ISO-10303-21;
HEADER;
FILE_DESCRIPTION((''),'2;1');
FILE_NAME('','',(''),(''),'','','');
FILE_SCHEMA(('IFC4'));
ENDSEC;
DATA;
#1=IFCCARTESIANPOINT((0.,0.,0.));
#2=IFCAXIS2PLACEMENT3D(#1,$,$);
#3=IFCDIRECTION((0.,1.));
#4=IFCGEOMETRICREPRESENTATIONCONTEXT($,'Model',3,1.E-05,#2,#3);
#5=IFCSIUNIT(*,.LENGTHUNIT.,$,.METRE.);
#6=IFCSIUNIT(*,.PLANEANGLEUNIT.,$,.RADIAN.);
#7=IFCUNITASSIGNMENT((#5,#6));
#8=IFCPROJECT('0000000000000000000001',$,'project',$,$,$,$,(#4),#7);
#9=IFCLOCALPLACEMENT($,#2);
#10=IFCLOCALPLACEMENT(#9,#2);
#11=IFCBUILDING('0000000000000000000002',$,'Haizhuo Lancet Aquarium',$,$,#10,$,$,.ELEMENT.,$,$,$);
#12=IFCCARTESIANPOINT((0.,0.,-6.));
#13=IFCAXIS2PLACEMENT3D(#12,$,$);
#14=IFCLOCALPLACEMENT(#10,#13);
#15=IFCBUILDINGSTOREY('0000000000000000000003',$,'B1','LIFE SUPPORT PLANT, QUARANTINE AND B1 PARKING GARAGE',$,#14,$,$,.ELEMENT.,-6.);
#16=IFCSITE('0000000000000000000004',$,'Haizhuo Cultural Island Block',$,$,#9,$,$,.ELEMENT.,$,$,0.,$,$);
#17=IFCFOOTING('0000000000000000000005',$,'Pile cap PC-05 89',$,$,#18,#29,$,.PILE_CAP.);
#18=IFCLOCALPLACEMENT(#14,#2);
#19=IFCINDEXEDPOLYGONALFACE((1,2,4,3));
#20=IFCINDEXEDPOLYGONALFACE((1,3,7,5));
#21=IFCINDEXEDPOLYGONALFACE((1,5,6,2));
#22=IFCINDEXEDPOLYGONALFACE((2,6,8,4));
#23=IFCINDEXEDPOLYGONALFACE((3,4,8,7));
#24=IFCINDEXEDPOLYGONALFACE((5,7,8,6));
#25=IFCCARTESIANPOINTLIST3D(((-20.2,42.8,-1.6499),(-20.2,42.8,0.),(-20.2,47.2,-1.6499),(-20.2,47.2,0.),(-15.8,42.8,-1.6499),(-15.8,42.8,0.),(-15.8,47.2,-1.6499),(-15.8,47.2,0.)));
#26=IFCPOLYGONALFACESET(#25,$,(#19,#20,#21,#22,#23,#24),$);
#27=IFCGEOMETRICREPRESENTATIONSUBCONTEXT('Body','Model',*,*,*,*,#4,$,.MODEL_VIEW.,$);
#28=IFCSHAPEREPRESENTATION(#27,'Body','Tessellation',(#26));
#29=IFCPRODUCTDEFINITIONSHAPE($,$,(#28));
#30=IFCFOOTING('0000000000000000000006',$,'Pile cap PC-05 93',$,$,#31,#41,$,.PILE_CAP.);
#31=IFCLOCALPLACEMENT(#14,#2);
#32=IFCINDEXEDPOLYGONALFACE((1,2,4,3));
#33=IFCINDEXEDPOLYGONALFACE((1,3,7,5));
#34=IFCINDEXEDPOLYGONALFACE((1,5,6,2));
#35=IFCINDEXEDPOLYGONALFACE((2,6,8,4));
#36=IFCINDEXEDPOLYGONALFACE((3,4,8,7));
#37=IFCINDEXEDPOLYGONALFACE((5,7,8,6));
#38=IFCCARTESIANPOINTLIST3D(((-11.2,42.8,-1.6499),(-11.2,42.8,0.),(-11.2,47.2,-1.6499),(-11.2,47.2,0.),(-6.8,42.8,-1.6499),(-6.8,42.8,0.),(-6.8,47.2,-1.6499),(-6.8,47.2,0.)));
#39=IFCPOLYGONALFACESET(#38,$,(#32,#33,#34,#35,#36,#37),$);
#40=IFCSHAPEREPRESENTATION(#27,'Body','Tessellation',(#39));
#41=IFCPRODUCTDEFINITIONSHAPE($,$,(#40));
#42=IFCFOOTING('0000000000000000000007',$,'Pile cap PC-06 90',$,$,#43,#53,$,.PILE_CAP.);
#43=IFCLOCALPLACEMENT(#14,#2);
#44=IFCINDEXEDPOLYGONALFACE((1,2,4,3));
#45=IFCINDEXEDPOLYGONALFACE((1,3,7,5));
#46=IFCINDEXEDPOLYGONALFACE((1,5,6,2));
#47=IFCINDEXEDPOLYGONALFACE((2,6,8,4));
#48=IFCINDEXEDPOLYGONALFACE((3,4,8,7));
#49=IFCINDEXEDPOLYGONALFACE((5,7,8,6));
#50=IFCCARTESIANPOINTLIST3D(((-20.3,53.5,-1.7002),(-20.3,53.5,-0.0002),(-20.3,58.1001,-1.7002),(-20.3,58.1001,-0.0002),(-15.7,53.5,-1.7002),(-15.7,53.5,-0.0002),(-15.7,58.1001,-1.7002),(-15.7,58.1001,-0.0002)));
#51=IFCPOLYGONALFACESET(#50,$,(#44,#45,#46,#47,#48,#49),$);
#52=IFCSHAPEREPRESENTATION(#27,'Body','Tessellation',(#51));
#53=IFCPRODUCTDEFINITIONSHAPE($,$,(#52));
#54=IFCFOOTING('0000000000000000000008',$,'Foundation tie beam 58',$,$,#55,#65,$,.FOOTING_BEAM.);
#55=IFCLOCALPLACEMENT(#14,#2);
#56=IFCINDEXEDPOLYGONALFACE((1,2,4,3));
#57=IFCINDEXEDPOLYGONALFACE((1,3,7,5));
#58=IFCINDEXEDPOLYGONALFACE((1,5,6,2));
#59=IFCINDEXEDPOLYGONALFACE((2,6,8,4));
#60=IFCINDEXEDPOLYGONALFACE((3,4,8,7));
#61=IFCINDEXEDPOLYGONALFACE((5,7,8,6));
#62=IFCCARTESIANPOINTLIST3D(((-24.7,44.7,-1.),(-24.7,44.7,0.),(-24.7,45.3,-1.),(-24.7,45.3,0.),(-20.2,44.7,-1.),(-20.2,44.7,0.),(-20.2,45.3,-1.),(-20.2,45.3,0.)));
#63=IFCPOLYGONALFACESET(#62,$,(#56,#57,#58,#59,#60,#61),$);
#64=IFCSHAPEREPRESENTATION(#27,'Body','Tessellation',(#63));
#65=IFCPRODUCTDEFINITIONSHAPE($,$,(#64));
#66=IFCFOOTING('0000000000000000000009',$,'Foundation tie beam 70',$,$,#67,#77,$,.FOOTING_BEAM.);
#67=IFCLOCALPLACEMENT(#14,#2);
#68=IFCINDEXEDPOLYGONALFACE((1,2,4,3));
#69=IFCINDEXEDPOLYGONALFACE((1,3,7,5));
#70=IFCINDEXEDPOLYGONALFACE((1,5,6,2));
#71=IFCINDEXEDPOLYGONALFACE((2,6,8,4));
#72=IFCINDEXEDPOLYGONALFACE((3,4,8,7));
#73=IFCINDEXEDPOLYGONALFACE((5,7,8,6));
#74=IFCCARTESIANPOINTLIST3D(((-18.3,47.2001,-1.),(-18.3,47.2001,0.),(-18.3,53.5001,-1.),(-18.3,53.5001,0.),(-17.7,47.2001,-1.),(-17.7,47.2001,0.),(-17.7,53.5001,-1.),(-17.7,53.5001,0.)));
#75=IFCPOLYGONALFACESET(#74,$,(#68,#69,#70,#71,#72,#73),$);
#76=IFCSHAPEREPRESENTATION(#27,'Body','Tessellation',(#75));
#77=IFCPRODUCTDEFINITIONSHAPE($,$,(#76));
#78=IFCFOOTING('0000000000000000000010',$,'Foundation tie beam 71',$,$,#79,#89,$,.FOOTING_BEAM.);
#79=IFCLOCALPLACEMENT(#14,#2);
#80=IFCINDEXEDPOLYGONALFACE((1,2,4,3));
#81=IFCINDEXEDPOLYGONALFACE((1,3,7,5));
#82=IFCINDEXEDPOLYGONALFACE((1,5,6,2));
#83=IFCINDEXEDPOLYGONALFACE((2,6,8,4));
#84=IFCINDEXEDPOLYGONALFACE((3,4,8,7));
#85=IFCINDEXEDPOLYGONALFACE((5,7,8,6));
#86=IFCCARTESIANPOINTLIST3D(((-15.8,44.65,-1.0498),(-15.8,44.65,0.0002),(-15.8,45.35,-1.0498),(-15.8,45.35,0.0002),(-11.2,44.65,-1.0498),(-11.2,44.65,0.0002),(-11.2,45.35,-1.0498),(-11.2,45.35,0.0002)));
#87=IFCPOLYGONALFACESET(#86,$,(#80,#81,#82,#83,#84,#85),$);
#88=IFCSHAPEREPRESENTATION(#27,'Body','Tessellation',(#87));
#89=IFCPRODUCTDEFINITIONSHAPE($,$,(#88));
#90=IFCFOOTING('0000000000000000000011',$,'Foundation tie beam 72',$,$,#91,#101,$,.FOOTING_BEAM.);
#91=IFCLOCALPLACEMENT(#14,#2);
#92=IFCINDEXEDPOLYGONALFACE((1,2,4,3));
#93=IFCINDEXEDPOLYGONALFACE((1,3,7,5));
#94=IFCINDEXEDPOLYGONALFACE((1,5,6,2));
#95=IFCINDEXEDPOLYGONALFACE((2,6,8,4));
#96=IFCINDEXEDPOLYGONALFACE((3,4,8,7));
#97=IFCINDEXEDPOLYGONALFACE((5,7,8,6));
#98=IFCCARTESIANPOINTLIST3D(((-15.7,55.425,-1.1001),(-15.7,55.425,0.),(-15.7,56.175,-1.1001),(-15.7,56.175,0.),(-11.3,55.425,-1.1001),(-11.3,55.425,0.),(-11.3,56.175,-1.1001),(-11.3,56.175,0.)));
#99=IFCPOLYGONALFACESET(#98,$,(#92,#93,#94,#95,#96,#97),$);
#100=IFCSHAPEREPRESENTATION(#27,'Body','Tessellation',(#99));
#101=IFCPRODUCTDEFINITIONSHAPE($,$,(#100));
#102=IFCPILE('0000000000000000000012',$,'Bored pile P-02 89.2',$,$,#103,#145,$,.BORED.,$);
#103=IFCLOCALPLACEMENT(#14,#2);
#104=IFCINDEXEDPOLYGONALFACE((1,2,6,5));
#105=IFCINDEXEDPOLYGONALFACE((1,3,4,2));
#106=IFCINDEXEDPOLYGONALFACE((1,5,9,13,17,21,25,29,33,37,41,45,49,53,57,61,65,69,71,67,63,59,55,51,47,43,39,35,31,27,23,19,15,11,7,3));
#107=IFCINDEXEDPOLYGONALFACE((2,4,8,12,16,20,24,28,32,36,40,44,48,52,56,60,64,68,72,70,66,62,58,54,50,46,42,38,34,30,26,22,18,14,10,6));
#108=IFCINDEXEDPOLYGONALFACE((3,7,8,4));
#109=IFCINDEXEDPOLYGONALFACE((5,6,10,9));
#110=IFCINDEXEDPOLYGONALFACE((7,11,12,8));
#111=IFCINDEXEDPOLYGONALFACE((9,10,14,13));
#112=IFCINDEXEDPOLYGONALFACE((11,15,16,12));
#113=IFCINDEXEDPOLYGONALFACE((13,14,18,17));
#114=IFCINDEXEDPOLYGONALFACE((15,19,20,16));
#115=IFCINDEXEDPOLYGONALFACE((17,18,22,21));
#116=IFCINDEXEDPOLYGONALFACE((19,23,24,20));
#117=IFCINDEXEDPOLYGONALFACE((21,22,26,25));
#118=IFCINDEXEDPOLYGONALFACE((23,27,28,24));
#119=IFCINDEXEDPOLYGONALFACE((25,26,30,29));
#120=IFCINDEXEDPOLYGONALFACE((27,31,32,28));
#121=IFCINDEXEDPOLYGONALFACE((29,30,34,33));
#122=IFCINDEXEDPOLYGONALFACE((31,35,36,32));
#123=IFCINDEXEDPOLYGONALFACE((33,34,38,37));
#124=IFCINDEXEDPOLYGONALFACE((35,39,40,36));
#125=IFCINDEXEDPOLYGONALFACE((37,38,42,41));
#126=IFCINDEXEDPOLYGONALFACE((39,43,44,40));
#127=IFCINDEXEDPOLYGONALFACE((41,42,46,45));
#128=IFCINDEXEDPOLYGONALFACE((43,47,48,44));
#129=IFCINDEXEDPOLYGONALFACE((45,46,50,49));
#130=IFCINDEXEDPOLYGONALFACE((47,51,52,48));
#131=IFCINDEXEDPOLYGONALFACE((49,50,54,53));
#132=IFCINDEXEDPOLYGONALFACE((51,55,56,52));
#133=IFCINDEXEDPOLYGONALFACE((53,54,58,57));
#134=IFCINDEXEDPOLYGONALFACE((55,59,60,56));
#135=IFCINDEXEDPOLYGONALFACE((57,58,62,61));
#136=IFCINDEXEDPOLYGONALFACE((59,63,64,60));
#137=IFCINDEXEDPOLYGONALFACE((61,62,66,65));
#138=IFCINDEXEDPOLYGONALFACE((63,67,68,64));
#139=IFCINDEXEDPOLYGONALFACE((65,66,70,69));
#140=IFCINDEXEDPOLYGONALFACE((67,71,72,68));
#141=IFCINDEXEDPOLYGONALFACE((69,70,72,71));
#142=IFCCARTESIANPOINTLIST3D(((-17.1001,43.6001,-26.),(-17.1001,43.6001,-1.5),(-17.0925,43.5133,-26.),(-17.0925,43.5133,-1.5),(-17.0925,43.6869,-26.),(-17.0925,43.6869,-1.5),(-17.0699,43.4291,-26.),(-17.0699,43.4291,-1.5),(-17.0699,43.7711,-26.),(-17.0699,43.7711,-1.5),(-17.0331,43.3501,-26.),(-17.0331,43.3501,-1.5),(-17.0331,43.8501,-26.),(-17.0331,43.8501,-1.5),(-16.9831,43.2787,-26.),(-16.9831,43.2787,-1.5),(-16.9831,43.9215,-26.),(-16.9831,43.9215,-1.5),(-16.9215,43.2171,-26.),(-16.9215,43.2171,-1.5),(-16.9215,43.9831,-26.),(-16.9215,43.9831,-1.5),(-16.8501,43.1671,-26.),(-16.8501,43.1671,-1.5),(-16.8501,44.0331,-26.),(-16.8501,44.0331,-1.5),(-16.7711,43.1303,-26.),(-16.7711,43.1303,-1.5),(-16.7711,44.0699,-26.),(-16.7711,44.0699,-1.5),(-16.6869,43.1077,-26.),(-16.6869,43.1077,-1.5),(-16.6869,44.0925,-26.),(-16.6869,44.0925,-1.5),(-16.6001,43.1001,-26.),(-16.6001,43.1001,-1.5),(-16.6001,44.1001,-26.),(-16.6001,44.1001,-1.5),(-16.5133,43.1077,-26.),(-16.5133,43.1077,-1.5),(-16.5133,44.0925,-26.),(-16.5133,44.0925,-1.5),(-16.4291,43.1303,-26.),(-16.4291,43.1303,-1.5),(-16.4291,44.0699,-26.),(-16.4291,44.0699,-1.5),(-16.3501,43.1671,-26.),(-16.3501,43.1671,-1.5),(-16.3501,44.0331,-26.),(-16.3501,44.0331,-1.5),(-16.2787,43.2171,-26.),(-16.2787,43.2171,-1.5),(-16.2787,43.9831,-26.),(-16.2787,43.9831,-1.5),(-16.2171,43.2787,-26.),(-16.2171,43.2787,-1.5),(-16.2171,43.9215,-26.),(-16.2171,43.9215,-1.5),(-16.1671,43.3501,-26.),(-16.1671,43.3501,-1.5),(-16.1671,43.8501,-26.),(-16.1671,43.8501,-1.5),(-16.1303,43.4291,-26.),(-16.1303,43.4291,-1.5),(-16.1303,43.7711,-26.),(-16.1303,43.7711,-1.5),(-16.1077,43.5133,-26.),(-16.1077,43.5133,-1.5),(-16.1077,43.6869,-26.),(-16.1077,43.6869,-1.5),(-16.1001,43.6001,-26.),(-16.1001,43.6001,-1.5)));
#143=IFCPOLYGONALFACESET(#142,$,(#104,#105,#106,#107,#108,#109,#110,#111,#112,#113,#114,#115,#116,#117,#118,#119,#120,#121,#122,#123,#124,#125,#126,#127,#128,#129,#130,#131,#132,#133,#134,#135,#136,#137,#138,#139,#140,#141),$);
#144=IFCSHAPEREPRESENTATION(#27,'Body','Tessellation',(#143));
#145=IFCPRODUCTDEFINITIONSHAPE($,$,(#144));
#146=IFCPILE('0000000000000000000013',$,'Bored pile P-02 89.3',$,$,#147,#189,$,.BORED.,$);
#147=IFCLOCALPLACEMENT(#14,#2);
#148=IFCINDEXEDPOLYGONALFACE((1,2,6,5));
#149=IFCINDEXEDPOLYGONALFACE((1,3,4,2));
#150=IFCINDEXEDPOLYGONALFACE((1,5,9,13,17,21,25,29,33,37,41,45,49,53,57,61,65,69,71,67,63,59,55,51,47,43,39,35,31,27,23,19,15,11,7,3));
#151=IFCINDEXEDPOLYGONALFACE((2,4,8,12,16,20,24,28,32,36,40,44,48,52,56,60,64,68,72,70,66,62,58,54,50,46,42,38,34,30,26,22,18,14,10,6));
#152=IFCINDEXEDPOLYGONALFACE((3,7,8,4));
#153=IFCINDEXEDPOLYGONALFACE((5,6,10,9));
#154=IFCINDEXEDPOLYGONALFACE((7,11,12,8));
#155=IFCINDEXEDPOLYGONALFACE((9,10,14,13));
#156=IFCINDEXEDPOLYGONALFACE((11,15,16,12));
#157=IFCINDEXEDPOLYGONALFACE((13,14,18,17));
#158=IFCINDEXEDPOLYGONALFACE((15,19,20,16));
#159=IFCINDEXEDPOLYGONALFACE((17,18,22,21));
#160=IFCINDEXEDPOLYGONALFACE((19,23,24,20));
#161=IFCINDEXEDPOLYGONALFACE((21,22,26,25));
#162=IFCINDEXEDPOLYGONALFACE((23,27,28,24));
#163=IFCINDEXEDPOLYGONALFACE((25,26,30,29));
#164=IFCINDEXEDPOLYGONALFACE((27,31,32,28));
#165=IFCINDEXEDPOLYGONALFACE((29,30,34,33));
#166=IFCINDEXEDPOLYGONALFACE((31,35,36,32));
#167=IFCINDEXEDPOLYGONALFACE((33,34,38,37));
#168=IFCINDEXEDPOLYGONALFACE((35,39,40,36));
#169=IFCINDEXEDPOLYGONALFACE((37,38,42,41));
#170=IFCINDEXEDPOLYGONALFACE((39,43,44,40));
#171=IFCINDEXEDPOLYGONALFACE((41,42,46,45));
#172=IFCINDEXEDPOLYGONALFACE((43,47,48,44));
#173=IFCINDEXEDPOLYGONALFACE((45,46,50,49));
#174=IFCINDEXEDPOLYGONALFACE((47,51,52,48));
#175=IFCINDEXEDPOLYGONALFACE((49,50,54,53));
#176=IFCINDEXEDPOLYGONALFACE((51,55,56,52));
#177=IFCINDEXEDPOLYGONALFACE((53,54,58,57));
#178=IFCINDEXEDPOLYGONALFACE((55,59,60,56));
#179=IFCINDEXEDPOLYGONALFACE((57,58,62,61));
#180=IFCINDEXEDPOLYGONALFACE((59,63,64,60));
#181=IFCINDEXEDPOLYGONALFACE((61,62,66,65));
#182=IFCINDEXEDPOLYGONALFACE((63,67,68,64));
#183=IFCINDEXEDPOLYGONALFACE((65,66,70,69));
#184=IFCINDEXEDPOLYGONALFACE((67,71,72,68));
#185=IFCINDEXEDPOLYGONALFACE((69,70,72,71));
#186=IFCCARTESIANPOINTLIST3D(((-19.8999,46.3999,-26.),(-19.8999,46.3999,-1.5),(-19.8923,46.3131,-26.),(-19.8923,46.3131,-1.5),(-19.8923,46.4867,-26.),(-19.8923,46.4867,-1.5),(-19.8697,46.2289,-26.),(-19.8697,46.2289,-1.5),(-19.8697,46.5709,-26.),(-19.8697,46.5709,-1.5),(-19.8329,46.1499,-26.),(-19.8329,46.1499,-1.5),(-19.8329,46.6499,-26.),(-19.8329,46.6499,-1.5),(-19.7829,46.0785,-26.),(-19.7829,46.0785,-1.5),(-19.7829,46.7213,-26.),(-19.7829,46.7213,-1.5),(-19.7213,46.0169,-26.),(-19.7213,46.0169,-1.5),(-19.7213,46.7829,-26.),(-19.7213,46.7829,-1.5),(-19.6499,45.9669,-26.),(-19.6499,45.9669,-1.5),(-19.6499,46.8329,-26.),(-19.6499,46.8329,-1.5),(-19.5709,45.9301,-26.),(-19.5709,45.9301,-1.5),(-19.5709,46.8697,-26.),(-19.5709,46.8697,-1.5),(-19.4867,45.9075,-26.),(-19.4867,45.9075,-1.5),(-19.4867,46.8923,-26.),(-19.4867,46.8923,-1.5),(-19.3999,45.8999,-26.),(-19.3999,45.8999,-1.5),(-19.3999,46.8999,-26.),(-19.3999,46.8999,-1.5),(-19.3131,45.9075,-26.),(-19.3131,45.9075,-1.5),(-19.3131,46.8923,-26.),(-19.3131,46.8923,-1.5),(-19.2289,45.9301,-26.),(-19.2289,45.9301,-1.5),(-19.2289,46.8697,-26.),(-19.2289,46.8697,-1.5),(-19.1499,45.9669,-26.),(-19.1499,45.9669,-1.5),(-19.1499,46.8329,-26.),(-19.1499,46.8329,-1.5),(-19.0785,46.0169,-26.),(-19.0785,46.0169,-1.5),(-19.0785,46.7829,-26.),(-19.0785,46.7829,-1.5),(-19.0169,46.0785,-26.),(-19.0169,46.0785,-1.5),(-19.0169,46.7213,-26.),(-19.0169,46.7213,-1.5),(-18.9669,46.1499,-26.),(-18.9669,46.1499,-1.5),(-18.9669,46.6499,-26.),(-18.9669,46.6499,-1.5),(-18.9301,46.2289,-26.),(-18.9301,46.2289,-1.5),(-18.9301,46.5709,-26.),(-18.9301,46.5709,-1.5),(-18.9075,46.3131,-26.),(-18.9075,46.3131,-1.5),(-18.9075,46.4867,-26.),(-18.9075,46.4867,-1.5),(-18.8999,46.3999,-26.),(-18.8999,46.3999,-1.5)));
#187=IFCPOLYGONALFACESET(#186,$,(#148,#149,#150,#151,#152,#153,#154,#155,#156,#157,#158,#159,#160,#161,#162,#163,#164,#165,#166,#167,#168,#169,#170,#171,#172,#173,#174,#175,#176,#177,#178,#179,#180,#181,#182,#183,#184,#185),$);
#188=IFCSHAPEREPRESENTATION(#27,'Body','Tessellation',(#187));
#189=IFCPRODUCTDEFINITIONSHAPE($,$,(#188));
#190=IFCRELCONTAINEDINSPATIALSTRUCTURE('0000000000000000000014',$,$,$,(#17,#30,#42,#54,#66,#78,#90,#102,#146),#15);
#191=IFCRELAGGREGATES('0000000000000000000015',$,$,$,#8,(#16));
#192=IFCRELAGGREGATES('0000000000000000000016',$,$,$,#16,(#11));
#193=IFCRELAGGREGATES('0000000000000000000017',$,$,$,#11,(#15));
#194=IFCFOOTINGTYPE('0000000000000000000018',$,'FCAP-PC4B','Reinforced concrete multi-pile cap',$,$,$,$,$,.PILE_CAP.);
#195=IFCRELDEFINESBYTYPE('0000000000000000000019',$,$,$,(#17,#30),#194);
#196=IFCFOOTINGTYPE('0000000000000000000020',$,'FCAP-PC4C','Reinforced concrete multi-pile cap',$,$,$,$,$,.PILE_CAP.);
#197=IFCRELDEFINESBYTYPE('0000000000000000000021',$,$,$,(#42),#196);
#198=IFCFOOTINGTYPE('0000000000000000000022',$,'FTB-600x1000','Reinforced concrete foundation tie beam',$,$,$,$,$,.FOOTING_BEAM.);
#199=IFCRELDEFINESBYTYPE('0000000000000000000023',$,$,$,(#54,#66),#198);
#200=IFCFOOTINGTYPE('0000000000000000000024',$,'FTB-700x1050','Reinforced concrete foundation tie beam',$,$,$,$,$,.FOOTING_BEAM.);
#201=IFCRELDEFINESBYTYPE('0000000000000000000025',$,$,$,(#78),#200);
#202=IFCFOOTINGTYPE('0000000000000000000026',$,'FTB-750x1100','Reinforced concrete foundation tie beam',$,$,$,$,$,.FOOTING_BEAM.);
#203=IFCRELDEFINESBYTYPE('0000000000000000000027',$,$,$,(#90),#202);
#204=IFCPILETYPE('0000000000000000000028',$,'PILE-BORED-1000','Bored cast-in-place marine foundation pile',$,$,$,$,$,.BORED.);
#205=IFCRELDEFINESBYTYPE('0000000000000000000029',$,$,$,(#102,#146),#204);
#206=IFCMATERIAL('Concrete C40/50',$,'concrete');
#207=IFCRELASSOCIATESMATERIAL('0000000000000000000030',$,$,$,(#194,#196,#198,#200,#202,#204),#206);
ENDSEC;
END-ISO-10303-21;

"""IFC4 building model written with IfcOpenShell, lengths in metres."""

from ifc_helpers import new_model, si_unit, direction, frame, origin, origin_2d, place, context, subcontext, project, spatial, rectangle, circle, extrude, material, material_profile, profile_set, type_object, element, save


model = new_model("IFC4")

# Units and contexts
model_context = context("Model", 3, precision=1e-05, world=origin(), true_north=direction((0.0, 1.0)))
body_context = subcontext(model_context, "Body", "Model", "MODEL_VIEW")
ifc_project = project(units=[si_unit("LENGTHUNIT", "METRE"), si_unit("PLANEANGLEUNIT", "RADIAN")], contexts=[model_context])

# Site, building, storey
site_placement = place(None, origin())
site = spatial("IfcSite", under=ifc_project, at=site_placement, Name="Haizhuo Cultural Island Block", CompositionType="ELEMENT", RefElevation=0.0)
building_placement = place(site_placement, origin())
building = spatial("IfcBuilding", under=site, at=building_placement, Name="Haizhuo Lancet Aquarium", CompositionType="ELEMENT")
storey_placement = place(building_placement, frame((0.0, 0.0, -6.0)))
storey = spatial("IfcBuildingStorey", under=building, at=storey_placement, Name="B1", Description="LIFE SUPPORT PLANT, QUARANTINE AND B1 PARKING GARAGE", CompositionType="ELEMENT", Elevation=-6.0)

# Footings
ifc_material_1 = material(Name="Concrete C40/50", Category="concrete")
footing_type_1 = type_object("IfcFootingType", Name="FCAP-PC4B", Description="Reinforced concrete multi-pile cap", PredefinedType="PILE_CAP", material=ifc_material_1)
for number, where, z_axis, x_axis, name in (
    (1, (-18.0, 45.0, -1.6499), (0.0, 0.0, 1.0), (1.0, 0.0, 0.0), "Pile cap PC-05 89"),
    (2, (-9.0, 45.0, -1.6499), (0.0, 0.0, 1.0), (1.0, 0.0, 0.0), "Pile cap PC-05 93"),
):
    element("IfcFooting", number, at=place(storey_placement, frame(where, z_axis=z_axis, x_axis=x_axis)), inside=storey, type_object=footing_type_1, Name=name, PredefinedType="PILE_CAP", context=body_context, shape_type="SweptSolid", body=[
        extrude(rectangle(XDim=4.3999, YDim=4.3999, at=origin_2d()), origin(), (0.0, 0.0, 1.0), 1.6499),
    ])
footing_type_2 = type_object("IfcFootingType", Name="FCAP-PC4C", Description="Reinforced concrete multi-pile cap", PredefinedType="PILE_CAP", material=ifc_material_1)
footing_1_placement = place(storey_placement, frame((-18.0, 55.8, -1.7002), z_axis=(0.0, 0.0, 1.0), x_axis=(1.0, 0.0, 0.0)))
element("IfcFooting", 3, at=footing_1_placement, inside=storey, type_object=footing_type_2, Name="Pile cap PC-06 90", PredefinedType="PILE_CAP", context=body_context, shape_type="SweptSolid", body=[
    extrude(rectangle(XDim=4.6001, YDim=4.6001, at=origin_2d()), origin(), (0.0, 0.0, 1.0), 1.7),
])
footing_type_3 = type_object("IfcFootingType", Name="FTB-600x1000", Description="Reinforced concrete foundation tie beam", PredefinedType="FOOTING_BEAM", material=ifc_material_1)
footing_2_placement = place(storey_placement, frame((-22.45, 45.0, -1.0), z_axis=(0.0, 0.0, 1.0), x_axis=(1.0, 0.0, 0.0)))
element("IfcFooting", 4, at=footing_2_placement, inside=storey, type_object=footing_type_3, Name="Foundation tie beam 58", PredefinedType="FOOTING_BEAM", context=body_context, shape_type="SweptSolid", body=[
    extrude(rectangle(XDim=4.5, YDim=0.6001, at=origin_2d()), origin(), (0.0, 0.0, 1.0), 1.0),
])
footing_3_placement = place(storey_placement, frame((-18.0, 50.3501, -1.0), z_axis=(0.0, 0.0, 1.0), x_axis=(0.0, 1.0, 0.0)))
element("IfcFooting", 5, at=footing_3_placement, inside=storey, type_object=footing_type_3, Name="Foundation tie beam 70", PredefinedType="FOOTING_BEAM", context=body_context, shape_type="SweptSolid", body=[
    extrude(rectangle(XDim=6.3, YDim=0.6001, at=origin_2d()), origin(), (0.0, 0.0, 1.0), 1.0),
])
footing_type_4 = type_object("IfcFootingType", Name="FTB-700x1050", Description="Reinforced concrete foundation tie beam", PredefinedType="FOOTING_BEAM", material=ifc_material_1)
footing_4_placement = place(storey_placement, frame((-13.5, 45.0, -1.0498), z_axis=(0.0, 0.0, 1.0), x_axis=(1.0, 0.0, 0.0)))
element("IfcFooting", 6, at=footing_4_placement, inside=storey, type_object=footing_type_4, Name="Foundation tie beam 71", PredefinedType="FOOTING_BEAM", context=body_context, shape_type="SweptSolid", body=[
    extrude(rectangle(XDim=4.6001, YDim=0.7, at=origin_2d()), origin(), (0.0, 0.0, 1.0), 1.05),
])
footing_type_5 = type_object("IfcFootingType", Name="FTB-750x1100", Description="Reinforced concrete foundation tie beam", PredefinedType="FOOTING_BEAM", material=ifc_material_1)
footing_5_placement = place(storey_placement, frame((-13.5, 55.8, -1.1001), z_axis=(0.0, 0.0, 1.0), x_axis=(1.0, 0.0, 0.0)))
element("IfcFooting", 7, at=footing_5_placement, inside=storey, type_object=footing_type_5, Name="Foundation tie beam 72", PredefinedType="FOOTING_BEAM", context=body_context, shape_type="SweptSolid", body=[
    extrude(rectangle(XDim=4.3999, YDim=0.75, at=origin_2d()), origin(), (0.0, 0.0, 1.0), 1.1001),
])

# Piles
ifc_material_profile_1 = material_profile(ifc_material_1, circle(Radius=0.5, at=origin_2d()), Name="PILE-1000")
ifc_profile_set_1 = profile_set([ifc_material_profile_1], Name="Concrete C40/50")
pile_type = type_object("IfcPileType", Name="PILE-BORED-1000", Description="Bored cast-in-place marine foundation pile", PredefinedType="BORED", material=ifc_profile_set_1)
for number, where, z_axis, x_axis, name in (
    (8, (-16.6001, 43.6001, -1.5), (0.0, 0.0, -1.0), (1.0, 0.0, 0.0), "Bored pile P-02 89.2"),
    (9, (-19.3999, 46.3999, -1.5), (0.0, 0.0, -1.0), (1.0, 0.0, 0.0), "Bored pile P-02 89.3"),
):
    element("IfcPile", number, at=place(storey_placement, frame(where, z_axis=z_axis, x_axis=x_axis)), inside=storey, type_object=pile_type, Name=name, PredefinedType="BORED", context=body_context, shape_type="SweptSolid", body=[
        extrude(circle(Radius=0.5, at=origin_2d()), origin(), (0.0, 0.0, 1.0), 24.5),
    ])

save(model, "model.ifc")
